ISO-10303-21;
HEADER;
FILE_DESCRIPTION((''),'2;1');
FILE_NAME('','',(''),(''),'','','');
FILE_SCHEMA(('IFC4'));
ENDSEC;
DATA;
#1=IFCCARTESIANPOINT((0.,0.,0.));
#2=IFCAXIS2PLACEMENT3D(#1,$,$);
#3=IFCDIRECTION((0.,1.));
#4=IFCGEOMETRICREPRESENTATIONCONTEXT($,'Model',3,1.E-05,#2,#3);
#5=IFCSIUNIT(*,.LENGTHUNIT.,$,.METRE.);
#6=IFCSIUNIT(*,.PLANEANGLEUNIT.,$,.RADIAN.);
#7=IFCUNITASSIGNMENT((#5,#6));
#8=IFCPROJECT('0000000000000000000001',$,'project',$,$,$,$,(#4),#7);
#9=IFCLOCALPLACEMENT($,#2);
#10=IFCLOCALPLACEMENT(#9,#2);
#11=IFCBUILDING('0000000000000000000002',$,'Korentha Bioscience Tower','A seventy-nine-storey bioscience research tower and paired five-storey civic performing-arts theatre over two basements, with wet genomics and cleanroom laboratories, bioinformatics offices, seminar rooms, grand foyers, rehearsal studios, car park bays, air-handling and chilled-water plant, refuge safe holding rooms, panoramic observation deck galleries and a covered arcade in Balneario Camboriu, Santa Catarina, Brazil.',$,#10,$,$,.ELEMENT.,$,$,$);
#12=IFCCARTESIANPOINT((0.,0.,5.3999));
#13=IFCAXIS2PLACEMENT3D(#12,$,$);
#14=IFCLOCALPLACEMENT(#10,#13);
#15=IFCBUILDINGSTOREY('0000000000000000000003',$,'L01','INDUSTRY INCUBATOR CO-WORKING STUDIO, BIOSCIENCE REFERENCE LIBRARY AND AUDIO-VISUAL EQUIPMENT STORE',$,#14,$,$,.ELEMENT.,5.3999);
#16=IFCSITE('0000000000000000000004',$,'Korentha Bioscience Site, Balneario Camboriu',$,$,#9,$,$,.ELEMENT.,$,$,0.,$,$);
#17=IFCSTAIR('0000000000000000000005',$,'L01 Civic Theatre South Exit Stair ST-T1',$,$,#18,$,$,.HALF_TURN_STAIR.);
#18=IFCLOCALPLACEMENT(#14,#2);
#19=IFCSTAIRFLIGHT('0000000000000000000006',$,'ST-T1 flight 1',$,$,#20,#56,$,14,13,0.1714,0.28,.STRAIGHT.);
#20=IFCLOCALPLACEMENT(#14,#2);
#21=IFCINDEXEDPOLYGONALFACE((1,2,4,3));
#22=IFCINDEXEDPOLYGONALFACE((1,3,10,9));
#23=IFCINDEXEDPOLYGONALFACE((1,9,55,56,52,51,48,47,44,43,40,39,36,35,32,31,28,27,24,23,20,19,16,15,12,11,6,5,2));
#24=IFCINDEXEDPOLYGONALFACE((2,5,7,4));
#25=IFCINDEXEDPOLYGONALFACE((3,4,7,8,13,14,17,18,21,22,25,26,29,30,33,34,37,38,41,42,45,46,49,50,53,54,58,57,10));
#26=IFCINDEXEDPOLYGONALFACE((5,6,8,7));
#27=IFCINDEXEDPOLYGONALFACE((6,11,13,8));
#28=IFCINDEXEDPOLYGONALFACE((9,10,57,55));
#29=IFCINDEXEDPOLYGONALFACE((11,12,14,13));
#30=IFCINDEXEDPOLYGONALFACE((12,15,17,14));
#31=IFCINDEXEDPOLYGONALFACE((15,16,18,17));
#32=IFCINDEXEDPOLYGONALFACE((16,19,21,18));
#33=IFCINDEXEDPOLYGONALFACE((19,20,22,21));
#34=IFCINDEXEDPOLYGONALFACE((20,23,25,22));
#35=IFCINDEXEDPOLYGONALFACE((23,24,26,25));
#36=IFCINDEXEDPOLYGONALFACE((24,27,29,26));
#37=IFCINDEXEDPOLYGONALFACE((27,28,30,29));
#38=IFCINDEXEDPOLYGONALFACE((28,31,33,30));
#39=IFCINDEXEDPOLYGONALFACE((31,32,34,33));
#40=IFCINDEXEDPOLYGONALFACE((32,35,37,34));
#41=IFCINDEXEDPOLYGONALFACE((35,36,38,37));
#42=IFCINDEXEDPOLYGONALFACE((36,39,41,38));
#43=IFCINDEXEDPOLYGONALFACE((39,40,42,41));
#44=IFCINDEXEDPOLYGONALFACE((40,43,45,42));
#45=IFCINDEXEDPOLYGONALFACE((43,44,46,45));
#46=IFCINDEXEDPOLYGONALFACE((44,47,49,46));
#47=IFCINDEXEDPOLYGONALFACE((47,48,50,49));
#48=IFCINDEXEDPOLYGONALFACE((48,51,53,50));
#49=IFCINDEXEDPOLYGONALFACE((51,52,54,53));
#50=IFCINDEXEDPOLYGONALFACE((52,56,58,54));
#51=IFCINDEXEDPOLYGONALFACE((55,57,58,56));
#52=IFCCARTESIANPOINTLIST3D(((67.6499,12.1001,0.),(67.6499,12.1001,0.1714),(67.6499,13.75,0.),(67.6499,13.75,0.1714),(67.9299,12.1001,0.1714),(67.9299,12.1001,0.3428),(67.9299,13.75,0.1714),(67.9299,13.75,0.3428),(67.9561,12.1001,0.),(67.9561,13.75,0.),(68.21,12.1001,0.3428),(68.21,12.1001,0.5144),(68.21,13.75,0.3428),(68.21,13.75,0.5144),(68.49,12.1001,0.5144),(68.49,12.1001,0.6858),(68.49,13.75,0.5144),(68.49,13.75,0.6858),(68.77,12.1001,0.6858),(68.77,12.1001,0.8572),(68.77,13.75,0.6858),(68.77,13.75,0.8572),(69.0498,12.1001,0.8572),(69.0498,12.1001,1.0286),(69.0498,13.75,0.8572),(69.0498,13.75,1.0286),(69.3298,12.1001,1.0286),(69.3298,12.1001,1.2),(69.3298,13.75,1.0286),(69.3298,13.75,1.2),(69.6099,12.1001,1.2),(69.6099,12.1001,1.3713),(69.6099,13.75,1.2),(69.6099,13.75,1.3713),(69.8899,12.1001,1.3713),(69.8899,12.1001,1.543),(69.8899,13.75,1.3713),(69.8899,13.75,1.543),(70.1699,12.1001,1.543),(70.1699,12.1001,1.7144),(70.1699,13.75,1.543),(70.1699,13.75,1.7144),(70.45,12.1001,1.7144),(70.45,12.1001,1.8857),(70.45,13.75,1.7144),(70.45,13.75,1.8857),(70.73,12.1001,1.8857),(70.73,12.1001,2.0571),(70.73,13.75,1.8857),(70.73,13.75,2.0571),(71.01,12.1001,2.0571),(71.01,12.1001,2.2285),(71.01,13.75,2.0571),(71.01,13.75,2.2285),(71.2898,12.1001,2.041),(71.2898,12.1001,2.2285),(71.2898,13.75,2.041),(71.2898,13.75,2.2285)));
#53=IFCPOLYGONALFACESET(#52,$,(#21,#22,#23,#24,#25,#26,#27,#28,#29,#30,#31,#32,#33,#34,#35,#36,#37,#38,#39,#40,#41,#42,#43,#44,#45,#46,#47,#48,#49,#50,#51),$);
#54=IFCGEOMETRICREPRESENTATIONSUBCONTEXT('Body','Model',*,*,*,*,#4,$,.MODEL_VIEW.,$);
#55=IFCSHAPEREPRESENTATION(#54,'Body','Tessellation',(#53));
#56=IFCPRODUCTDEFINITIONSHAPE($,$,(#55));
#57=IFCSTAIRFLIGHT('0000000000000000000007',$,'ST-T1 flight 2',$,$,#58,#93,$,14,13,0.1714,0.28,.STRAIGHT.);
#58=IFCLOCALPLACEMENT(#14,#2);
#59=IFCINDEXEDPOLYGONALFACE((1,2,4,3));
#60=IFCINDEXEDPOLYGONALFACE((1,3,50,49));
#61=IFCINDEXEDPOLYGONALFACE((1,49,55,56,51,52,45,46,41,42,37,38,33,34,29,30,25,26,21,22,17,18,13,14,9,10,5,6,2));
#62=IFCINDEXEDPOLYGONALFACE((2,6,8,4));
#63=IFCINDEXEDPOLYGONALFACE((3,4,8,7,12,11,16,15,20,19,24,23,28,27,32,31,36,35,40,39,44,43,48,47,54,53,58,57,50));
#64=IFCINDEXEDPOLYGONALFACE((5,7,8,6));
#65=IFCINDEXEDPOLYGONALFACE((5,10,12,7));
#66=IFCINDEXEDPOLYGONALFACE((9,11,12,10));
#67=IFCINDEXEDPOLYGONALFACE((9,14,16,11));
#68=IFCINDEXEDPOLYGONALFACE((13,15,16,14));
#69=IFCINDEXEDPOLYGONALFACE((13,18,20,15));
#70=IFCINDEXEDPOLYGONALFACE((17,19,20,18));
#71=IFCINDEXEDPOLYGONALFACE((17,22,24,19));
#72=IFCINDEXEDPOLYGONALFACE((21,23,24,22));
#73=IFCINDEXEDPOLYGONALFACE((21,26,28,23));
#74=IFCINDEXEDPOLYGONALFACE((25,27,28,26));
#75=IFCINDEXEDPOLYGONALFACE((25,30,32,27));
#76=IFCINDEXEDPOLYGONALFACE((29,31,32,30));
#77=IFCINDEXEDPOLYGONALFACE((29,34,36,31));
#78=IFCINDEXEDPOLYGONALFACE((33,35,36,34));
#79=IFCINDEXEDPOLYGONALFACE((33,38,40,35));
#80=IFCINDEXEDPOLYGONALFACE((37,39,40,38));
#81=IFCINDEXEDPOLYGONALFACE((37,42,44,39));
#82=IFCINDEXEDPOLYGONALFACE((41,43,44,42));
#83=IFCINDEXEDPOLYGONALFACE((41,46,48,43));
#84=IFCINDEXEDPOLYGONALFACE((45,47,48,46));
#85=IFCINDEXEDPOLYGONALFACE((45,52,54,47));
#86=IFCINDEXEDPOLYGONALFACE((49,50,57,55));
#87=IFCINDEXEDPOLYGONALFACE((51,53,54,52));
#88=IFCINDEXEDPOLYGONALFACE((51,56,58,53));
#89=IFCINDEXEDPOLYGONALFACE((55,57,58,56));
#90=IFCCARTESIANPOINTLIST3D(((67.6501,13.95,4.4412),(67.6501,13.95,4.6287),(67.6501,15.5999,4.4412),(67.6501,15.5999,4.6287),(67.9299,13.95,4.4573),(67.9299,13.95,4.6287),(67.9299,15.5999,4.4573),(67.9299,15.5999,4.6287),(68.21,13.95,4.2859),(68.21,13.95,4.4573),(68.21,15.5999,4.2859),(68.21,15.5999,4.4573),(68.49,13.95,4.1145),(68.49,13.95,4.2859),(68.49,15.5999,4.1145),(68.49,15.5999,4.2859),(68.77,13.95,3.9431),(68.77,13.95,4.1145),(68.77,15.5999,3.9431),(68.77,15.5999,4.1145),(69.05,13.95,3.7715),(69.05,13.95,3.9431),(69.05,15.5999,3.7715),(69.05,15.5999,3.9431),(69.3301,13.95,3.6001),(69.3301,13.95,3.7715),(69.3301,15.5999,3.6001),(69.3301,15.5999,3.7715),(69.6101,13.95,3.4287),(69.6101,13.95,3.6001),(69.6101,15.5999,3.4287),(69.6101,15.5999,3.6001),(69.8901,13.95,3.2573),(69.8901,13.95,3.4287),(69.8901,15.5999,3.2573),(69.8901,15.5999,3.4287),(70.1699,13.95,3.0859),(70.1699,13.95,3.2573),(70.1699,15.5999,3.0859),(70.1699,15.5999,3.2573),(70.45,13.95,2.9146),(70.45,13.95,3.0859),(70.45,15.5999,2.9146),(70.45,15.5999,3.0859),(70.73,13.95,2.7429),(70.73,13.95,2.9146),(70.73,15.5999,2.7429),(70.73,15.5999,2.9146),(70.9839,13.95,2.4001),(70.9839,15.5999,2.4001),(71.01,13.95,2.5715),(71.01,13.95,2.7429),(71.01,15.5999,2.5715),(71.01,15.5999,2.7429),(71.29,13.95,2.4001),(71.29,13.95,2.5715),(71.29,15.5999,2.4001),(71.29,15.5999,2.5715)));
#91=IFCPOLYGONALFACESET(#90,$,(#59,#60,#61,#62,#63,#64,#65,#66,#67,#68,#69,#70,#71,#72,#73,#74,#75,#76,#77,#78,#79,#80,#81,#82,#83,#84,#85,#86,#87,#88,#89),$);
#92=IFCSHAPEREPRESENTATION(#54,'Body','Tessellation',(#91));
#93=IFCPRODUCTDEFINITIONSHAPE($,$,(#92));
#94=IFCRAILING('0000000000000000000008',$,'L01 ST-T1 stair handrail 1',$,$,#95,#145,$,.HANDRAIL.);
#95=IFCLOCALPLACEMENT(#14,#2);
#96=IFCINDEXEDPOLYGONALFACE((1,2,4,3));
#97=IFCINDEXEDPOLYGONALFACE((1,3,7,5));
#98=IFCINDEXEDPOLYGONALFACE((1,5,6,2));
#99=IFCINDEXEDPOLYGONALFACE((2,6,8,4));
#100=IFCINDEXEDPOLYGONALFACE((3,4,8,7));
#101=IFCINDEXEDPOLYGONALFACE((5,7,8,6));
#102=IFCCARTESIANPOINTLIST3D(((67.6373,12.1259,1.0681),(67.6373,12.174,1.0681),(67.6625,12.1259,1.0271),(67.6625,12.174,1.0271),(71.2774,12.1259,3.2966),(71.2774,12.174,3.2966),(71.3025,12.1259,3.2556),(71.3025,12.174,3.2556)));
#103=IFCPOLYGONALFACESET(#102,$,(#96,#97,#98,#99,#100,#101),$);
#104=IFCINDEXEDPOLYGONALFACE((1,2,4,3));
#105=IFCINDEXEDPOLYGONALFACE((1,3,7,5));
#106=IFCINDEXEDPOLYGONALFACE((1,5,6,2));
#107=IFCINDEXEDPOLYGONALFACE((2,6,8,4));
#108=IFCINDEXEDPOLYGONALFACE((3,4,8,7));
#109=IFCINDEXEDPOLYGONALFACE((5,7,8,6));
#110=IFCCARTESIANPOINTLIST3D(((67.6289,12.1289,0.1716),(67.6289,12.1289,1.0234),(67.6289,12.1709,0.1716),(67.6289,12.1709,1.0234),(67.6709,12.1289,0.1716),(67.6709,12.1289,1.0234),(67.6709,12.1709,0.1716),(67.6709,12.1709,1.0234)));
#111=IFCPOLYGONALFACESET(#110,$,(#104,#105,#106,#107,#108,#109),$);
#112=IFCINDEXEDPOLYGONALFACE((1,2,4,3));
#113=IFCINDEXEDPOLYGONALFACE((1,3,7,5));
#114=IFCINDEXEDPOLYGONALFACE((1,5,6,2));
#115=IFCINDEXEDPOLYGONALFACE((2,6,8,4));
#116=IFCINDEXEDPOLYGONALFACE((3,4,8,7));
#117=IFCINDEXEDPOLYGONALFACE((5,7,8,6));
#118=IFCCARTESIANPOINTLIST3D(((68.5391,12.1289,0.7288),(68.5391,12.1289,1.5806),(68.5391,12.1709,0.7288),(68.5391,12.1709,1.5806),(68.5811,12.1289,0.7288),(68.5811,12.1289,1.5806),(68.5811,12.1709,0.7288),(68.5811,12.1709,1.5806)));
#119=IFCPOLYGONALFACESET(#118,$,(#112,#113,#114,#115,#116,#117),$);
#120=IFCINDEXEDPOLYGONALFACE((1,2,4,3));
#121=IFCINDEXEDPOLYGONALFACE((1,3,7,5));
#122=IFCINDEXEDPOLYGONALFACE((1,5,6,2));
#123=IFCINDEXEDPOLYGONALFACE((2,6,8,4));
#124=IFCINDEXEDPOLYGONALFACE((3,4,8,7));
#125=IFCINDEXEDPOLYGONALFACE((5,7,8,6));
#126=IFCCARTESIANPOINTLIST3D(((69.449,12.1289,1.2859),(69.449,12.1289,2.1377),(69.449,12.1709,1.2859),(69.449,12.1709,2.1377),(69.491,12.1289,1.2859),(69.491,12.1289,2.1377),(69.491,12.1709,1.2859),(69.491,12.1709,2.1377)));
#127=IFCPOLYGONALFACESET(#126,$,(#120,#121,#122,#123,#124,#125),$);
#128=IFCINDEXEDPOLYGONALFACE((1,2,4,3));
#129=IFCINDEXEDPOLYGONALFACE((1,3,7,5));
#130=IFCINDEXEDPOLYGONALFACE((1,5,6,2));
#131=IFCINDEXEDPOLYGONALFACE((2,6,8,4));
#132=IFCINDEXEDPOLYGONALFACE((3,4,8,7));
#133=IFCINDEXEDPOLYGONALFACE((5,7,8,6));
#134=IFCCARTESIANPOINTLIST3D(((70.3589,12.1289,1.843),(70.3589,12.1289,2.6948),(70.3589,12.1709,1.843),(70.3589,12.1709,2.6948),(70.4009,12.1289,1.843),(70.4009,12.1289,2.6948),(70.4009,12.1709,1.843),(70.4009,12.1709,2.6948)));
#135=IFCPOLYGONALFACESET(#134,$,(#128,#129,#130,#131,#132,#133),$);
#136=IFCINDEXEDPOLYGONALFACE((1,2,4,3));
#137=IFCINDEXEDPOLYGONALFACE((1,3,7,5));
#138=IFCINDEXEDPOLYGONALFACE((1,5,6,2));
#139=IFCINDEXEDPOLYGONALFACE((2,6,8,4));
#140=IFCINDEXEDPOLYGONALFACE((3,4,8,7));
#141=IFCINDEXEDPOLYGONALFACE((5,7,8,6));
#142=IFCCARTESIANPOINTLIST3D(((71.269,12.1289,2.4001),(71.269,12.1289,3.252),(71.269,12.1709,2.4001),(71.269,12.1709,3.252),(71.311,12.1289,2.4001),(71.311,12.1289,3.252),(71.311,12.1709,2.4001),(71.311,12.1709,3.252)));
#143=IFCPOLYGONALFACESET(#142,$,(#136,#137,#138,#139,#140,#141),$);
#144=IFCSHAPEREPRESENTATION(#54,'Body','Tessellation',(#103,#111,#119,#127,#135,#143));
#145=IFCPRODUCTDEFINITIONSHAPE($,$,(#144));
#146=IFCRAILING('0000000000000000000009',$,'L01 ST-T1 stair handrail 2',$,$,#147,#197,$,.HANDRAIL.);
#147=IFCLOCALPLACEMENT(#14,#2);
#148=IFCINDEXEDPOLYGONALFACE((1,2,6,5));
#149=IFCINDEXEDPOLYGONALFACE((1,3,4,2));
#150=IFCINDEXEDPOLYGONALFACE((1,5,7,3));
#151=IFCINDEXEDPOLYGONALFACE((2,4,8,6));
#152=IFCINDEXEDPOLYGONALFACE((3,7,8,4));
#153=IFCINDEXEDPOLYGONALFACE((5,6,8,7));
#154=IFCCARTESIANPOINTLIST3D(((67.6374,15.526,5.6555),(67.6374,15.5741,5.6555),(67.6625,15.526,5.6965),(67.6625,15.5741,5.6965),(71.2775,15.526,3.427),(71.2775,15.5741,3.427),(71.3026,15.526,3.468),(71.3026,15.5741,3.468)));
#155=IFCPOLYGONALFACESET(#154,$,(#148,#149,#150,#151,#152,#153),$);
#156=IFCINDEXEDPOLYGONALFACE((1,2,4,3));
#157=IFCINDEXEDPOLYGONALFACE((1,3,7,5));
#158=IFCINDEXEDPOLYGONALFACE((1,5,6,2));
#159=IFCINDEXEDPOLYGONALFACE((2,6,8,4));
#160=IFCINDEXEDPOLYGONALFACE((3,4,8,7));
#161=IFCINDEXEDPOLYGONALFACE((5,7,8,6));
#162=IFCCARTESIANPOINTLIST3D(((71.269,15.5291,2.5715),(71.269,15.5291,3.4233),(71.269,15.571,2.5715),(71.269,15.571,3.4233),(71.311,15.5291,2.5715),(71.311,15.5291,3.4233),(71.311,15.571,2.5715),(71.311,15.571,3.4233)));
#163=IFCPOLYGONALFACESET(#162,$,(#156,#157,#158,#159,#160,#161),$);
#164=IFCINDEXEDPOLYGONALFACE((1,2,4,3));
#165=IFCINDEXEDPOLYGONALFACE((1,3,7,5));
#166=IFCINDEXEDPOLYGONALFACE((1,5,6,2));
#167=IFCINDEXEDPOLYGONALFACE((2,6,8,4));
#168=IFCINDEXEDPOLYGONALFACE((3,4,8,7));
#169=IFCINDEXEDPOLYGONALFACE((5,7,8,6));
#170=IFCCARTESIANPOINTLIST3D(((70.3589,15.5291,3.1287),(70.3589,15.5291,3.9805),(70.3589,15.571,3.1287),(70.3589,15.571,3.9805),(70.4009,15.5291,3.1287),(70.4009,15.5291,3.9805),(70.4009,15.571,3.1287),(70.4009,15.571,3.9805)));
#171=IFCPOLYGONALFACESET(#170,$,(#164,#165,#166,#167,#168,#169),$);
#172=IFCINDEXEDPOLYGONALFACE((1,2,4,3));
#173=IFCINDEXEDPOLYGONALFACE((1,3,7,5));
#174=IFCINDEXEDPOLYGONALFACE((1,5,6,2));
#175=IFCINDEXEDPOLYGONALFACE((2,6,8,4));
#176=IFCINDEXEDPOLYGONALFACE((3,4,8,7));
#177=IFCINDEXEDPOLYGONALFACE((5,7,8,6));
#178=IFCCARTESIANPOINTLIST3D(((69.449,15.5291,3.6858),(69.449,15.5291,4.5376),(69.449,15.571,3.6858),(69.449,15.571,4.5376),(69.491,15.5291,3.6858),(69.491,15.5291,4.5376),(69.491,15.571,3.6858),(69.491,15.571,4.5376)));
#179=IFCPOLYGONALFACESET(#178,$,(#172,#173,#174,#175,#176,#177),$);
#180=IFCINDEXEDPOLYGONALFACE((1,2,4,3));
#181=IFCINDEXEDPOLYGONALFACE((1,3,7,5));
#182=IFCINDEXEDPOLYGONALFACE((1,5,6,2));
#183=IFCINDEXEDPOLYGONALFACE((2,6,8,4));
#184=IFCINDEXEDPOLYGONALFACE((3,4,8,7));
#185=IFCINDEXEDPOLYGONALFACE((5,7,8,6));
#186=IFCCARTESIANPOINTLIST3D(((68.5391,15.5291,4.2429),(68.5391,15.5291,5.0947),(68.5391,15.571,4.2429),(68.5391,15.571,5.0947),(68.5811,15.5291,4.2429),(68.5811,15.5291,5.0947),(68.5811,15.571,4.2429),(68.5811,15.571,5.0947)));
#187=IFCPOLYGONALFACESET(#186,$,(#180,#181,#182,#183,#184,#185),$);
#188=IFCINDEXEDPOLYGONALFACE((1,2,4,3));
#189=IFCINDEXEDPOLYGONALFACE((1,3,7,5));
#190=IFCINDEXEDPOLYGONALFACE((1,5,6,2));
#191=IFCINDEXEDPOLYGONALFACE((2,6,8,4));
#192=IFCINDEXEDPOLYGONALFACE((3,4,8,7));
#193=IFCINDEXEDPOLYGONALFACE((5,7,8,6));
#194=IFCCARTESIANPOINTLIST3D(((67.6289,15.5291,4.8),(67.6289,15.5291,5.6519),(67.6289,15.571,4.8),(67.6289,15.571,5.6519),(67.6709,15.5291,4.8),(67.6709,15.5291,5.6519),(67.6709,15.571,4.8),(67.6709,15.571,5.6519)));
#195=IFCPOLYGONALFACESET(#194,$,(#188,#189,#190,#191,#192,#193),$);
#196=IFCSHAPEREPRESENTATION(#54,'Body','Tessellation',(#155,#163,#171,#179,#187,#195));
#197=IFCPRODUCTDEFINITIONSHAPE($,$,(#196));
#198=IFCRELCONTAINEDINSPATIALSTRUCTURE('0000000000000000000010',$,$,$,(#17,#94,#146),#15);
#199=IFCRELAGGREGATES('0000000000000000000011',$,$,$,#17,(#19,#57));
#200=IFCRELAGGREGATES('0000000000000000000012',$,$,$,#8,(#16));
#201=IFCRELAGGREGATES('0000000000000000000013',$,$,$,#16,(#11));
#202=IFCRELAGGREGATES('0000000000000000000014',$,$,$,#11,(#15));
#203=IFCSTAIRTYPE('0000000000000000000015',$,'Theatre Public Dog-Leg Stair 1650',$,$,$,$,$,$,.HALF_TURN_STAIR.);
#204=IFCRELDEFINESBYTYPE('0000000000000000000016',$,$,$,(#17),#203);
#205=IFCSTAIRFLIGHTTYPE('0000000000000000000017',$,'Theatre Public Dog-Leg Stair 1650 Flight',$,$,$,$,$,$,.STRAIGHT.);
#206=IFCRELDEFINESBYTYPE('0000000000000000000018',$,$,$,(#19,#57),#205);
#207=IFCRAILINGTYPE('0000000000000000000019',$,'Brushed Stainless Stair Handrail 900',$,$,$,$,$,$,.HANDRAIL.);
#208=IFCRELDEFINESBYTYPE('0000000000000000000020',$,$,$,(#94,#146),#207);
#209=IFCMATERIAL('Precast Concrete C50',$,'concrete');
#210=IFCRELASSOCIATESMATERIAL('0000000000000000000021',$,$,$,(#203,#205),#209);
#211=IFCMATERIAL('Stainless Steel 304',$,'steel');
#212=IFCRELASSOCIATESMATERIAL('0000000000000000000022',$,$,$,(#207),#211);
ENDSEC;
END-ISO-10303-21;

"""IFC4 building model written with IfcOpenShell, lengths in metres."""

from ifc_helpers import new_model, si_unit, direction, frame, origin, origin_2d, place, context, subcontext, project, spatial, polyline, rectangle, outline, extrude, material, type_object, element, aggregate, save


model = new_model("IFC4")

# Units and contexts
model_context = context("Model", 3, precision=1e-05, world=origin(), true_north=direction((0.0, 1.0)))
body_context = subcontext(model_context, "Body", "Model", "MODEL_VIEW")
ifc_project = project(units=[si_unit("LENGTHUNIT", "METRE"), si_unit("PLANEANGLEUNIT", "RADIAN")], contexts=[model_context])

# Site, building, storey
site_placement = place(None, origin())
site = spatial("IfcSite", under=ifc_project, at=site_placement, Name="Korentha Bioscience Site, Balneario Camboriu", CompositionType="ELEMENT", RefElevation=0.0)
building_placement = place(site_placement, origin())
building = spatial("IfcBuilding", under=site, at=building_placement, Name="Korentha Bioscience Tower", Description="A seventy-nine-storey bioscience research tower and paired five-storey civic performing-arts theatre over two basements, with wet genomics and cleanroom laboratories, bioinformatics offices, seminar rooms, grand foyers, rehearsal studios, car park bays, air-handling and chilled-water plant, refuge safe holding rooms, panoramic observation deck galleries and a covered arcade in Balneario Camboriu, Santa Catarina, Brazil.", CompositionType="ELEMENT")
storey_placement = place(building_placement, frame((0.0, 0.0, 5.3999)))
storey = spatial("IfcBuildingStorey", under=building, at=storey_placement, Name="L01", Description="INDUSTRY INCUBATOR CO-WORKING STUDIO, BIOSCIENCE REFERENCE LIBRARY AND AUDIO-VISUAL EQUIPMENT STORE", CompositionType="ELEMENT", Elevation=5.3999)

# Stair, stair flights
ifc_material_1 = material(Name="Precast Concrete C50", Category="concrete")
stair_type = type_object("IfcStairType", Name="Theatre Public Dog-Leg Stair 1650", PredefinedType="HALF_TURN_STAIR", material=ifc_material_1)
stair_placement = place(storey_placement, origin())
stair = element("IfcStair", 1, at=stair_placement, inside=storey, type_object=stair_type, Name="L01 Civic Theatre South Exit Stair ST-T1", PredefinedType="HALF_TURN_STAIR")
stair_flight_type = type_object("IfcStairFlightType", Name="Theatre Public Dog-Leg Stair 1650 Flight", PredefinedType="STRAIGHT", material=ifc_material_1)
stair_flight_1_placement = place(storey_placement, frame((67.6499, 12.925, 0.0), z_axis=(0.0, 0.0, 1.0), x_axis=(1.0, 0.0, 0.0)))
stair_flight_1 = element("IfcStairFlight", 2, at=stair_flight_1_placement, type_object=stair_flight_type, Name="ST-T1 flight 1", NumberOfRisers=14, NumberOfTreads=13, PredefinedType="STRAIGHT", RiserHeight=0.1714, TreadLength=0.28, context=body_context, shape_type="SweptSolid", body=[
    extrude(outline(polyline([(0.0, 0.0), (0.0, 0.1714), (0.28, 0.1714), (0.28, 0.3428), (0.5601, 0.3428), (0.5601, 0.5144), (0.8401, 0.5144), (0.8401, 0.6858), (1.1201, 0.6858), (1.1201, 0.8572), (1.3999, 0.8572), (1.3999, 1.0286), (1.6799, 1.0286), (1.6799, 1.2), (1.96, 1.2), (1.96, 1.3713), (2.24, 1.3713), (2.24, 1.543), (2.52, 1.543), (2.52, 1.7144), (2.8, 1.7144), (2.8, 1.8857), (3.0801, 1.8857), (3.0801, 2.0571), (3.3601, 2.0571), (3.3601, 2.2285), (3.6399, 2.2285), (3.6399, 2.3999), (3.6399, 2.041), (0.3062, 0.0), (0.0, 0.0)])), frame((0.0, 0.825, 0.0), z_axis=(0.0, -1.0, 0.0), x_axis=(1.0, 0.0, 0.0)), (0.0, 0.0, 1.0), 1.6499),
])
stair_flight_2_placement = place(storey_placement, frame((71.29, 14.7749, 2.4001), z_axis=(0.0, 0.0, 1.0), x_axis=(-1.0, 0.0, 0.0)))
stair_flight_2 = element("IfcStairFlight", 3, at=stair_flight_2_placement, type_object=stair_flight_type, Name="ST-T1 flight 2", NumberOfRisers=14, NumberOfTreads=13, PredefinedType="STRAIGHT", RiserHeight=0.1714, TreadLength=0.28, context=body_context, shape_type="SweptSolid", body=[
    extrude(outline(polyline([(0.0, 0.0), (0.0, 0.1714), (0.28, 0.1714), (0.28, 0.3428), (0.5601, 0.3428), (0.5601, 0.5144), (0.8401, 0.5144), (0.8401, 0.6858), (1.1201, 0.6858), (1.1201, 0.8572), (1.3999, 0.8572), (1.3999, 1.0286), (1.6799, 1.0286), (1.6799, 1.2), (1.96, 1.2), (1.96, 1.3713), (2.24, 1.3713), (2.24, 1.543), (2.52, 1.543), (2.52, 1.7144), (2.8, 1.7144), (2.8, 1.8857), (3.0801, 1.8857), (3.0801, 2.0571), (3.3601, 2.0571), (3.3601, 2.2285), (3.6399, 2.2285), (3.6399, 2.3999), (3.6399, 2.041), (0.3062, 0.0), (0.0, 0.0)])), frame((0.0, 0.825, 0.0), z_axis=(0.0, -1.0, 0.0), x_axis=(1.0, 0.0, 0.0)), (0.0, 0.0, 1.0), 1.6499),
])
aggregate(stair, [stair_flight_1, stair_flight_2])

# Railings
ifc_material_2 = material(Name="Stainless Steel 304", Category="steel")
railing_type_1 = type_object("IfcRailingType", Name="Brushed Stainless Stair Handrail 900", PredefinedType="HANDRAIL", material=ifc_material_2)
railing_1_placement = place(storey_placement, frame((67.6499, 12.1499, 0.1716)))
element("IfcRailing", 4, at=railing_1_placement, inside=storey, type_object=railing_type_1, Name="L01 ST-T1 stair handrail 1", PredefinedType="HANDRAIL", context=body_context, shape_type="SweptSolid", body=[
    extrude(rectangle(XDim=0.0481, YDim=0.0481, at=origin_2d()), frame((0.0, 0.0, 0.876), z_axis=(0.852866, 0.0, 0.52213), x_axis=(0.0, 1.0, 0.0)), (0.0, 0.0, 1.0), 4.2681),
    extrude(rectangle(XDim=0.042, YDim=0.042, at=origin_2d()), origin(), (0.0, 0.0, 1.0), 0.8518),
    extrude(rectangle(XDim=0.042, YDim=0.042, at=origin_2d()), frame((0.9102, 0.0, 0.5571)), (0.0, 0.0, 1.0), 0.8518),
    extrude(rectangle(XDim=0.042, YDim=0.042, at=origin_2d()), frame((1.8201, 0.0, 1.1143)), (0.0, 0.0, 1.0), 0.8518),
    extrude(rectangle(XDim=0.042, YDim=0.042, at=origin_2d()), frame((2.73, 0.0, 1.6714)), (0.0, 0.0, 1.0), 0.8518),
    extrude(rectangle(XDim=0.042, YDim=0.042, at=origin_2d()), frame((3.6401, 0.0, 2.2285)), (0.0, 0.0, 1.0), 0.8518),
])
railing_2_placement = place(storey_placement, frame((71.29, 15.55, 2.5715)))
element("IfcRailing", 5, at=railing_2_placement, inside=storey, type_object=railing_type_1, Name="L01 ST-T1 stair handrail 2", PredefinedType="HANDRAIL", context=body_context, shape_type="SweptSolid", body=[
    extrude(rectangle(XDim=0.0481, YDim=0.0481, at=origin_2d()), frame((0.0, 0.0, 0.876), z_axis=(-0.852866, 0.0, 0.52213), x_axis=(0.0, -1.0, 0.0)), (0.0, 0.0, 1.0), 4.2681),
    extrude(rectangle(XDim=0.042, YDim=0.042, at=origin_2d()), origin(), (0.0, 0.0, 1.0), 0.8518),
    extrude(rectangle(XDim=0.042, YDim=0.042, at=origin_2d()), frame((-0.9102, 0.0, 0.5571)), (0.0, 0.0, 1.0), 0.8518),
    extrude(rectangle(XDim=0.042, YDim=0.042, at=origin_2d()), frame((-1.8201, 0.0, 1.1143)), (0.0, 0.0, 1.0), 0.8518),
    extrude(rectangle(XDim=0.042, YDim=0.042, at=origin_2d()), frame((-2.73, 0.0, 1.6714)), (0.0, 0.0, 1.0), 0.8518),
    extrude(rectangle(XDim=0.042, YDim=0.042, at=origin_2d()), frame((-3.6401, 0.0, 2.2285)), (0.0, 0.0, 1.0), 0.8518),
])

save(model, "model.ifc")
